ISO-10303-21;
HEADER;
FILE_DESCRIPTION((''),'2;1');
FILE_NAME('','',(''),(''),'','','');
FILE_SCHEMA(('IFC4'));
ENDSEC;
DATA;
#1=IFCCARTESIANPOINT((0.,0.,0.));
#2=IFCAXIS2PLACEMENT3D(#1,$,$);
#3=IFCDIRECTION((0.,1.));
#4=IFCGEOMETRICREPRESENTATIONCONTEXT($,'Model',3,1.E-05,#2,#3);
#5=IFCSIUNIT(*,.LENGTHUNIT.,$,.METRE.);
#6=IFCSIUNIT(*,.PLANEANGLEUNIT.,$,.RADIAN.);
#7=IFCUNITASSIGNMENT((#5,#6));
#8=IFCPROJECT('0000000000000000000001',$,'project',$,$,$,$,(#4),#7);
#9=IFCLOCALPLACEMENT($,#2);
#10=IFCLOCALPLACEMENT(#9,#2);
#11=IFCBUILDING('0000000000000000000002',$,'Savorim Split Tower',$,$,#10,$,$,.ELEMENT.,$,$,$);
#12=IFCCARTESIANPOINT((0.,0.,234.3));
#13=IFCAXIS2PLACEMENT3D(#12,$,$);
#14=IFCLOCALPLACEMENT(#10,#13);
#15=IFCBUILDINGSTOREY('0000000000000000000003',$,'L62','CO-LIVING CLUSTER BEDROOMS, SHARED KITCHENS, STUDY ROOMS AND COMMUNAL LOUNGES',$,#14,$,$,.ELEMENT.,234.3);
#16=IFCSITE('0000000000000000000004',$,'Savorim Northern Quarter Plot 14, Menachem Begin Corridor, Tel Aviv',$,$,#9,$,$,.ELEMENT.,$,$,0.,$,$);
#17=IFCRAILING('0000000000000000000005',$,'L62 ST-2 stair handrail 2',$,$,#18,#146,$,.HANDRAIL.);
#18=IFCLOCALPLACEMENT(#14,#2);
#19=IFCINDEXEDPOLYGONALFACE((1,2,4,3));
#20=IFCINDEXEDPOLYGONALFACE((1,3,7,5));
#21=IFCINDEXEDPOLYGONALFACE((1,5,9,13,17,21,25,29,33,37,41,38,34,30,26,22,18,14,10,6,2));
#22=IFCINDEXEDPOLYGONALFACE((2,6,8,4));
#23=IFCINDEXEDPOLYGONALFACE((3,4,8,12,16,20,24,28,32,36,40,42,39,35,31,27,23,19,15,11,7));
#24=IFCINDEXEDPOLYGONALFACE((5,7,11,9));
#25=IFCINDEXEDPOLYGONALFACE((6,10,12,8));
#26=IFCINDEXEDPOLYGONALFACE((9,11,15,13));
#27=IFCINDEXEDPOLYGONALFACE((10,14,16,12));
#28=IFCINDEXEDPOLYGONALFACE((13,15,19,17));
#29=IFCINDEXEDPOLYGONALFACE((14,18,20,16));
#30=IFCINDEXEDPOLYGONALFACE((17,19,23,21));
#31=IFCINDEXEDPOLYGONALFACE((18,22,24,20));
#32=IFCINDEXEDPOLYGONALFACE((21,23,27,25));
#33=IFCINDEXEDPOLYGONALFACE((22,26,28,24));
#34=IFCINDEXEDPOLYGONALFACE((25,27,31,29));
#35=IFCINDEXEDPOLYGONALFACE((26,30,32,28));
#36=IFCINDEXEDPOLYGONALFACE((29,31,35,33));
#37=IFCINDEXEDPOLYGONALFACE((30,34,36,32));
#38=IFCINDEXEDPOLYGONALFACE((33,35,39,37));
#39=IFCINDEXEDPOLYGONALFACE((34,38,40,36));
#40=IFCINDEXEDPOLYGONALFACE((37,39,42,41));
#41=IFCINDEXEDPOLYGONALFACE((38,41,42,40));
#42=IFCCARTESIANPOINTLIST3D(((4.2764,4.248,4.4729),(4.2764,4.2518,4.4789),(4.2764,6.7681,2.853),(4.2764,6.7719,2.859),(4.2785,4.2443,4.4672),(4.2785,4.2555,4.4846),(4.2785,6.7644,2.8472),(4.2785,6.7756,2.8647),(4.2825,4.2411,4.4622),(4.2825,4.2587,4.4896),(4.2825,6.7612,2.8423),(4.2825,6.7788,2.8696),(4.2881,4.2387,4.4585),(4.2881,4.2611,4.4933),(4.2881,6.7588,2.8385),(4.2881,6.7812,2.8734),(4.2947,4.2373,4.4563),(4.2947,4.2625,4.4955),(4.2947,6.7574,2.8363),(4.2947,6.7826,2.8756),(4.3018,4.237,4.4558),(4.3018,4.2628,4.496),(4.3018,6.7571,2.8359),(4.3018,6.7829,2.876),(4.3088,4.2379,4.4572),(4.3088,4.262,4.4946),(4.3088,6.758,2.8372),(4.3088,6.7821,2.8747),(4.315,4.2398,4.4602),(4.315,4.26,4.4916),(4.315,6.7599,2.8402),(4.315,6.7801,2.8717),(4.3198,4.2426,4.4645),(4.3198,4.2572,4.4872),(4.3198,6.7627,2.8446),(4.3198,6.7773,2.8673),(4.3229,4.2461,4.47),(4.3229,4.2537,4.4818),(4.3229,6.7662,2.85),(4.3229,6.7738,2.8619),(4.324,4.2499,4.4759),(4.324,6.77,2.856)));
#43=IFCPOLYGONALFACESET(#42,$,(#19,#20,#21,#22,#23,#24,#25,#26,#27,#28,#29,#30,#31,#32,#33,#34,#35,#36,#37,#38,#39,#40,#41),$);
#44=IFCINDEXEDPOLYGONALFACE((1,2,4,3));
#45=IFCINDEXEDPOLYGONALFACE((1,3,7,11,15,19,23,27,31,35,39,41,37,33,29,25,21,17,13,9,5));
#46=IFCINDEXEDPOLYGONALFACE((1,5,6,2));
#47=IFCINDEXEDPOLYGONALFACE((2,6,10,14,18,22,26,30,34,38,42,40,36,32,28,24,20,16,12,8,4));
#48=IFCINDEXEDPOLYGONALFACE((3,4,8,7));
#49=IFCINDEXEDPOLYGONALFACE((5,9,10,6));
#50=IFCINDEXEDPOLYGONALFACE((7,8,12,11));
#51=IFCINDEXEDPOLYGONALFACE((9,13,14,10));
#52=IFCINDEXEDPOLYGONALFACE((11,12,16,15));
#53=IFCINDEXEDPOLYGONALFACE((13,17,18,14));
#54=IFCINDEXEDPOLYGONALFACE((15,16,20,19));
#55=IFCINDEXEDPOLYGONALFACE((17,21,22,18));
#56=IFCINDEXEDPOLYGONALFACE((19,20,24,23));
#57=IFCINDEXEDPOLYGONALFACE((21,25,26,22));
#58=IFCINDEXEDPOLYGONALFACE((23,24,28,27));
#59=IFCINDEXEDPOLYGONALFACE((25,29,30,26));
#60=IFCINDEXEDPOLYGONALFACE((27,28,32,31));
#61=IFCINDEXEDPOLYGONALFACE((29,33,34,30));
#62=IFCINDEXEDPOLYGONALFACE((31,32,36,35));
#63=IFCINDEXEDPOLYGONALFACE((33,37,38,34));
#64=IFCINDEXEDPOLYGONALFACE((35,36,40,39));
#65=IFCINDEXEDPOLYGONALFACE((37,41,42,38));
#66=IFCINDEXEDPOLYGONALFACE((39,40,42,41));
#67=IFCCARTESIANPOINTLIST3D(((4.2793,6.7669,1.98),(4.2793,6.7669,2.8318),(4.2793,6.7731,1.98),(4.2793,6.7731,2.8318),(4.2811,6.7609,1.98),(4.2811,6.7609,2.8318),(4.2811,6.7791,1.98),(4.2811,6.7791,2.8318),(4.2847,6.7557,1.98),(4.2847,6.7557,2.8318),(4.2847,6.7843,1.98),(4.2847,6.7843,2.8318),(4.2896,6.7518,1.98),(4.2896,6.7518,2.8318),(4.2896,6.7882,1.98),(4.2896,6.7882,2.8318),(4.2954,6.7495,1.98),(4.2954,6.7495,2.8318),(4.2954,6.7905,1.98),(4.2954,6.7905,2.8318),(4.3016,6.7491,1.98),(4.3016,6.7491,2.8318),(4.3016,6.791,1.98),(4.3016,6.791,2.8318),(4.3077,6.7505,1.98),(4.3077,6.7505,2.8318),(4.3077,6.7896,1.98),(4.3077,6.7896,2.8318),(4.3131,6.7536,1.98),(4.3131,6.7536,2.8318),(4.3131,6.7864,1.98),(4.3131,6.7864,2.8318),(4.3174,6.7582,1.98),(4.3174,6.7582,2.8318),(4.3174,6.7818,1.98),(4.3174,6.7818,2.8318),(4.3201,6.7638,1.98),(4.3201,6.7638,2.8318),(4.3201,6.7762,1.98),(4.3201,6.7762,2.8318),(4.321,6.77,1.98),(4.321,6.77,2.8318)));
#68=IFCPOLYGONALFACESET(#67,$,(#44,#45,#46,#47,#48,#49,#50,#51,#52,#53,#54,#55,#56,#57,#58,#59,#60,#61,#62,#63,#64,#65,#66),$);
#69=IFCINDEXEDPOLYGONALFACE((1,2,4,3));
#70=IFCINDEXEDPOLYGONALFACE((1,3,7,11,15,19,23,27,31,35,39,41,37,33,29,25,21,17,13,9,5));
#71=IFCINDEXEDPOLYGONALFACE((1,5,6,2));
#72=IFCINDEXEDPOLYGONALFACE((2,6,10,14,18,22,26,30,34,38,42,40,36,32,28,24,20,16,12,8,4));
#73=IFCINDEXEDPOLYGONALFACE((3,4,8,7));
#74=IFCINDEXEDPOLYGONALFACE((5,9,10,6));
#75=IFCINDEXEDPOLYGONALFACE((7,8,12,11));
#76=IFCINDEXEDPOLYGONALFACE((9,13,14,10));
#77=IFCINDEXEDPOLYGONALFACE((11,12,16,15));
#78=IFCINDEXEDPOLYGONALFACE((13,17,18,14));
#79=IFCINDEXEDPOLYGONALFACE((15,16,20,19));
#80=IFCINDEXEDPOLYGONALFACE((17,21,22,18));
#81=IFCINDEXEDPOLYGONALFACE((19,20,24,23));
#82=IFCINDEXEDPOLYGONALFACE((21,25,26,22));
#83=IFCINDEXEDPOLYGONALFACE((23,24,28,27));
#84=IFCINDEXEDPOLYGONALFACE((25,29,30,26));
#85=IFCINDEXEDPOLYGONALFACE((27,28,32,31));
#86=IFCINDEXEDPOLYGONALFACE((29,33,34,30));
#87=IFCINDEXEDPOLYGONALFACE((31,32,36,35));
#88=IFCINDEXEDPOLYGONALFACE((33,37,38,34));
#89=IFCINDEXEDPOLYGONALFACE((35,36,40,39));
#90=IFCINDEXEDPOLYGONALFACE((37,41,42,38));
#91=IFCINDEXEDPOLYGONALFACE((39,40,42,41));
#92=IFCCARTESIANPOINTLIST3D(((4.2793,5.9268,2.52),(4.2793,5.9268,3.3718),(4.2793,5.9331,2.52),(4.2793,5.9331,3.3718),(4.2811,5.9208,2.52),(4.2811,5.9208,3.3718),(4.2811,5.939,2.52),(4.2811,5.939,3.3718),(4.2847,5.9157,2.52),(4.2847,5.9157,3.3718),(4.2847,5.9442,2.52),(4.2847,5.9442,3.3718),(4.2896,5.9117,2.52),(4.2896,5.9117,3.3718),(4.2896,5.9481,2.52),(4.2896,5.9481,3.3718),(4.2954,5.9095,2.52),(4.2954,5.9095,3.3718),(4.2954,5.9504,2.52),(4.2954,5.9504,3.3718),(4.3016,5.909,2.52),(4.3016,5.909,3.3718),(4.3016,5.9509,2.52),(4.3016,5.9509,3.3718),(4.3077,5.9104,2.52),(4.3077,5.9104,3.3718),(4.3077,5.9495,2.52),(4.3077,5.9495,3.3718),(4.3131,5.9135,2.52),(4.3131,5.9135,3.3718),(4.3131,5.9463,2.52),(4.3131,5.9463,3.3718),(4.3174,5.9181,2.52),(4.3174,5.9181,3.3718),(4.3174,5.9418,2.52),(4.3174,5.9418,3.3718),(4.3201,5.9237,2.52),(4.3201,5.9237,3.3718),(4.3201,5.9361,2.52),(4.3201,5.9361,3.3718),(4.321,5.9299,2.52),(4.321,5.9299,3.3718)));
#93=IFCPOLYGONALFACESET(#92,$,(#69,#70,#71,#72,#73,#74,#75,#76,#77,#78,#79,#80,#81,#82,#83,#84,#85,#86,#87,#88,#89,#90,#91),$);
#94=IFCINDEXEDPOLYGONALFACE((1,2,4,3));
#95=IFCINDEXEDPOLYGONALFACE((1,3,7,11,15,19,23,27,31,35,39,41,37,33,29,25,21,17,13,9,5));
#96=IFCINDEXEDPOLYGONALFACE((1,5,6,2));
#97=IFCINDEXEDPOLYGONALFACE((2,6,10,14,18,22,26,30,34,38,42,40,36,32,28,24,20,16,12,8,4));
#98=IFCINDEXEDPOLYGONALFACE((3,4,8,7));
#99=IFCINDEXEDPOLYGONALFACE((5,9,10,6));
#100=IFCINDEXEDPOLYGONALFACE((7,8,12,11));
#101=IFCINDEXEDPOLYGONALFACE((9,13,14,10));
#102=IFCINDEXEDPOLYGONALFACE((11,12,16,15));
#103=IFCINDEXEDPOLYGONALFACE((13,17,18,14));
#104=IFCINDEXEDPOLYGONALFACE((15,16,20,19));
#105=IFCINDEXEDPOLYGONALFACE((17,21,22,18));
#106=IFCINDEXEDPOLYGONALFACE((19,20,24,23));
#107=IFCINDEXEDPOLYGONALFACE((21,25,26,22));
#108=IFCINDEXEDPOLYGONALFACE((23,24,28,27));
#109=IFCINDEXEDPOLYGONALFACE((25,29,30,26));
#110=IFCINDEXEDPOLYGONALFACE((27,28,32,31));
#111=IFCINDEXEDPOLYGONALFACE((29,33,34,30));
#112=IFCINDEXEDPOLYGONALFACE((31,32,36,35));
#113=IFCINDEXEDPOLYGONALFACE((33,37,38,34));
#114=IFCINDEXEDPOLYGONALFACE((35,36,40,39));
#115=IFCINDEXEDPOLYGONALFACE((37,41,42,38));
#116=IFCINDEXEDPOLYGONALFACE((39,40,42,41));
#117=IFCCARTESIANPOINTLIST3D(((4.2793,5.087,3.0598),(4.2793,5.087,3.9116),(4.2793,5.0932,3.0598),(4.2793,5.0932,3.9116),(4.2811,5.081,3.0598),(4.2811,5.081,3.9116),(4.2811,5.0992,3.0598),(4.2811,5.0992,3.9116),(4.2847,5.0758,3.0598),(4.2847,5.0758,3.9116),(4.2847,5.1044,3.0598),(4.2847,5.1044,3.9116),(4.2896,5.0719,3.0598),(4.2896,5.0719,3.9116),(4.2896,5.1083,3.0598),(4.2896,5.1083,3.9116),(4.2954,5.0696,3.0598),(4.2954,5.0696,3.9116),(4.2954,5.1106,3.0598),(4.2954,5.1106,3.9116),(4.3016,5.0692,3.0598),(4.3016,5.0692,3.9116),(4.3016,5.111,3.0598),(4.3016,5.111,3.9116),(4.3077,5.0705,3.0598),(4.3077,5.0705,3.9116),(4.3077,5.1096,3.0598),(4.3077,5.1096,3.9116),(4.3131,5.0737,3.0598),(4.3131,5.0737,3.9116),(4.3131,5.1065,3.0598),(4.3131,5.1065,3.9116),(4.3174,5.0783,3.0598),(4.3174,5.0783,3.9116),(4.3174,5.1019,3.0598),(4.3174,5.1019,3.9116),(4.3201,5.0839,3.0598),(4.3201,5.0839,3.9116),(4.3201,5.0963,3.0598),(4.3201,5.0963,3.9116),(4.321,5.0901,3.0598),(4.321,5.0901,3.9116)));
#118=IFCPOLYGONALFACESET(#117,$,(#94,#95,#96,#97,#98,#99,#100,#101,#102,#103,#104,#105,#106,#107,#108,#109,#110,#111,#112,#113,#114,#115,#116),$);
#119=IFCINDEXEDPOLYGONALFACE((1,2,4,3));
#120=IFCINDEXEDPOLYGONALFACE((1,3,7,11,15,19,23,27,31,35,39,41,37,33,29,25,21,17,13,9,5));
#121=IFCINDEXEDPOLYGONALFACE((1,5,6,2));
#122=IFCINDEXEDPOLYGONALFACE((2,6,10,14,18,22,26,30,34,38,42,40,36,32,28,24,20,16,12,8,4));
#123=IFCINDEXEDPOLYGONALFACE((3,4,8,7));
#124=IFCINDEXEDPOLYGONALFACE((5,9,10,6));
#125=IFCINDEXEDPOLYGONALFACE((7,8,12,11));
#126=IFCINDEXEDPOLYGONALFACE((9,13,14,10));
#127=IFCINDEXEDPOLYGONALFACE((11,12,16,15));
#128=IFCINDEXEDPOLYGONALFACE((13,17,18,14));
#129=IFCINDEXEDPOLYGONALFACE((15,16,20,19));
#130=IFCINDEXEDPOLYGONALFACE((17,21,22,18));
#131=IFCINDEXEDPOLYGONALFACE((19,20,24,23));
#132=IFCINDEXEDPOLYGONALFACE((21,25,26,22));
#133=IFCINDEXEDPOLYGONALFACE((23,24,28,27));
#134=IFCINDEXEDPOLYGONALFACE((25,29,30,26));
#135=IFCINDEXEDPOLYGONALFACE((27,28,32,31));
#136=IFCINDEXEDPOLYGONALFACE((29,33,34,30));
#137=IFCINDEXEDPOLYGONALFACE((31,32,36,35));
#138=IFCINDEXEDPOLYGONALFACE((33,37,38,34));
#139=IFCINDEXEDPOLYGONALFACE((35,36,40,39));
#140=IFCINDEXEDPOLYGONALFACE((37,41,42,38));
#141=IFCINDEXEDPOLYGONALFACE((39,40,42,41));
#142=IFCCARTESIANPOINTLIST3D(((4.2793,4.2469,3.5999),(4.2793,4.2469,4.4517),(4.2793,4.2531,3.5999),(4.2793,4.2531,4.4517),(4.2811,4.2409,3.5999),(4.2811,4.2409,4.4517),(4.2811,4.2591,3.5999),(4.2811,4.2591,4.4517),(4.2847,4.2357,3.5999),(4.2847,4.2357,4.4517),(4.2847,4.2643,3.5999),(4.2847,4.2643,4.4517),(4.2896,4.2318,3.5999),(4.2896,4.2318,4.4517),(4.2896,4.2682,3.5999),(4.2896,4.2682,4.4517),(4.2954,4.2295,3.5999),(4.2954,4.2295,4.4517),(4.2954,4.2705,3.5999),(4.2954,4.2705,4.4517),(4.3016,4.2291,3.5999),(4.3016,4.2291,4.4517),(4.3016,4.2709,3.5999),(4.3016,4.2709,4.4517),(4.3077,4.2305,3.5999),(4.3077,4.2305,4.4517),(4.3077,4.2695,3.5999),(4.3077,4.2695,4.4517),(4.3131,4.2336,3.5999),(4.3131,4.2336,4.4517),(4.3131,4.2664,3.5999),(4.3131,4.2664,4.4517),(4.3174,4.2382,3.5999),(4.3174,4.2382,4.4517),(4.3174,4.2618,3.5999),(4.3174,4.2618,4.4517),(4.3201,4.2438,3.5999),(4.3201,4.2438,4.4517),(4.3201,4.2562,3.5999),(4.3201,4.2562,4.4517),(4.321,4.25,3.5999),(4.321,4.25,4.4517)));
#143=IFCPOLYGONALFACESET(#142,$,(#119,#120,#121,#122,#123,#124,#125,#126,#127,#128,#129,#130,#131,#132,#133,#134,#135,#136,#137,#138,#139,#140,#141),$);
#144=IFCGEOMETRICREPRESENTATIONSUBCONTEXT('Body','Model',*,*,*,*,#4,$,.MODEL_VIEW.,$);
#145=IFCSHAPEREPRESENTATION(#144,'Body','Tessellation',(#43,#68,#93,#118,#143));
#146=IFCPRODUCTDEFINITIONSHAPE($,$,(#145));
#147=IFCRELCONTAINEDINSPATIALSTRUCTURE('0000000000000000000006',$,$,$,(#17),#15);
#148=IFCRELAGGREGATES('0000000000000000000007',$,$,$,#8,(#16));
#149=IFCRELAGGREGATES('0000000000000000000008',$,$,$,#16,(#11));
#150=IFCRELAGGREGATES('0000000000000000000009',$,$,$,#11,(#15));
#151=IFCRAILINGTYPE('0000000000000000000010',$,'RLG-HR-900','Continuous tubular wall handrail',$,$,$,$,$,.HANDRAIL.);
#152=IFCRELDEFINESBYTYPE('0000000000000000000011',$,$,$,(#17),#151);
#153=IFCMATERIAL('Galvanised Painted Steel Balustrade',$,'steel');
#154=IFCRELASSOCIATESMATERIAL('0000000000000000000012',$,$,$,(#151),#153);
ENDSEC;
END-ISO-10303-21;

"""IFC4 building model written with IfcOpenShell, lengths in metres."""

from ifc_helpers import new_model, si_unit, direction, frame, origin, origin_2d, place, context, subcontext, project, spatial, circle, extrude, material, type_object, element, save


model = new_model("IFC4")

# Units and contexts
model_context = context("Model", 3, precision=1e-05, world=origin(), true_north=direction((0.0, 1.0)))
body_context = subcontext(model_context, "Body", "Model", "MODEL_VIEW")
ifc_project = project(units=[si_unit("LENGTHUNIT", "METRE"), si_unit("PLANEANGLEUNIT", "RADIAN")], contexts=[model_context])

# Site, building, storey
site_placement = place(None, origin())
site = spatial("IfcSite", under=ifc_project, at=site_placement, Name="Savorim Northern Quarter Plot 14, Menachem Begin Corridor, Tel Aviv", CompositionType="ELEMENT", RefElevation=0.0)
building_placement = place(site_placement, origin())
building = spatial("IfcBuilding", under=site, at=building_placement, Name="Savorim Split Tower", CompositionType="ELEMENT")
storey_placement = place(building_placement, frame((0.0, 0.0, 234.3)))
storey = spatial("IfcBuildingStorey", under=building, at=storey_placement, Name="L62", Description="CO-LIVING CLUSTER BEDROOMS, SHARED KITCHENS, STUDY ROOMS AND COMMUNAL LOUNGES", CompositionType="ELEMENT", Elevation=234.3)

# Railing
ifc_material_1 = material(Name="Galvanised Painted Steel Balustrade", Category="steel")
railing_type_1 = type_object("IfcRailingType", Name="RLG-HR-900", Description="Continuous tubular wall handrail", PredefinedType="HANDRAIL", material=ifc_material_1)
railing_1_placement = place(storey_placement, frame((4.3, 6.77, 1.98)))
element("IfcRailing", 1, at=railing_1_placement, inside=storey, type_object=railing_type_1, Name="L62 ST-2 stair handrail 2", PredefinedType="HANDRAIL", context=body_context, shape_type="SweptSolid", body=[
    extrude(circle(Radius=0.0239, at=origin_2d()), frame((0.0, 0.0, 0.876), z_axis=(0.0, -0.8412, 0.540725), x_axis=(1.0, 0.0, 0.0)), (0.0, 0.0, 1.0), 2.9958),
    extrude(circle(Radius=0.021, at=origin_2d()), origin(), (0.0, 0.0, 1.0), 0.8518),
    extrude(circle(Radius=0.021, at=origin_2d()), frame((0.0, -0.8401, 0.54)), (0.0, 0.0, 1.0), 0.8518),
    extrude(circle(Radius=0.021, at=origin_2d()), frame((0.0, -1.6799, 1.0798)), (0.0, 0.0, 1.0), 0.8518),
    extrude(circle(Radius=0.021, at=origin_2d()), frame((0.0, -2.52, 1.6199)), (0.0, 0.0, 1.0), 0.8518),
])

save(model, "model.ifc")
